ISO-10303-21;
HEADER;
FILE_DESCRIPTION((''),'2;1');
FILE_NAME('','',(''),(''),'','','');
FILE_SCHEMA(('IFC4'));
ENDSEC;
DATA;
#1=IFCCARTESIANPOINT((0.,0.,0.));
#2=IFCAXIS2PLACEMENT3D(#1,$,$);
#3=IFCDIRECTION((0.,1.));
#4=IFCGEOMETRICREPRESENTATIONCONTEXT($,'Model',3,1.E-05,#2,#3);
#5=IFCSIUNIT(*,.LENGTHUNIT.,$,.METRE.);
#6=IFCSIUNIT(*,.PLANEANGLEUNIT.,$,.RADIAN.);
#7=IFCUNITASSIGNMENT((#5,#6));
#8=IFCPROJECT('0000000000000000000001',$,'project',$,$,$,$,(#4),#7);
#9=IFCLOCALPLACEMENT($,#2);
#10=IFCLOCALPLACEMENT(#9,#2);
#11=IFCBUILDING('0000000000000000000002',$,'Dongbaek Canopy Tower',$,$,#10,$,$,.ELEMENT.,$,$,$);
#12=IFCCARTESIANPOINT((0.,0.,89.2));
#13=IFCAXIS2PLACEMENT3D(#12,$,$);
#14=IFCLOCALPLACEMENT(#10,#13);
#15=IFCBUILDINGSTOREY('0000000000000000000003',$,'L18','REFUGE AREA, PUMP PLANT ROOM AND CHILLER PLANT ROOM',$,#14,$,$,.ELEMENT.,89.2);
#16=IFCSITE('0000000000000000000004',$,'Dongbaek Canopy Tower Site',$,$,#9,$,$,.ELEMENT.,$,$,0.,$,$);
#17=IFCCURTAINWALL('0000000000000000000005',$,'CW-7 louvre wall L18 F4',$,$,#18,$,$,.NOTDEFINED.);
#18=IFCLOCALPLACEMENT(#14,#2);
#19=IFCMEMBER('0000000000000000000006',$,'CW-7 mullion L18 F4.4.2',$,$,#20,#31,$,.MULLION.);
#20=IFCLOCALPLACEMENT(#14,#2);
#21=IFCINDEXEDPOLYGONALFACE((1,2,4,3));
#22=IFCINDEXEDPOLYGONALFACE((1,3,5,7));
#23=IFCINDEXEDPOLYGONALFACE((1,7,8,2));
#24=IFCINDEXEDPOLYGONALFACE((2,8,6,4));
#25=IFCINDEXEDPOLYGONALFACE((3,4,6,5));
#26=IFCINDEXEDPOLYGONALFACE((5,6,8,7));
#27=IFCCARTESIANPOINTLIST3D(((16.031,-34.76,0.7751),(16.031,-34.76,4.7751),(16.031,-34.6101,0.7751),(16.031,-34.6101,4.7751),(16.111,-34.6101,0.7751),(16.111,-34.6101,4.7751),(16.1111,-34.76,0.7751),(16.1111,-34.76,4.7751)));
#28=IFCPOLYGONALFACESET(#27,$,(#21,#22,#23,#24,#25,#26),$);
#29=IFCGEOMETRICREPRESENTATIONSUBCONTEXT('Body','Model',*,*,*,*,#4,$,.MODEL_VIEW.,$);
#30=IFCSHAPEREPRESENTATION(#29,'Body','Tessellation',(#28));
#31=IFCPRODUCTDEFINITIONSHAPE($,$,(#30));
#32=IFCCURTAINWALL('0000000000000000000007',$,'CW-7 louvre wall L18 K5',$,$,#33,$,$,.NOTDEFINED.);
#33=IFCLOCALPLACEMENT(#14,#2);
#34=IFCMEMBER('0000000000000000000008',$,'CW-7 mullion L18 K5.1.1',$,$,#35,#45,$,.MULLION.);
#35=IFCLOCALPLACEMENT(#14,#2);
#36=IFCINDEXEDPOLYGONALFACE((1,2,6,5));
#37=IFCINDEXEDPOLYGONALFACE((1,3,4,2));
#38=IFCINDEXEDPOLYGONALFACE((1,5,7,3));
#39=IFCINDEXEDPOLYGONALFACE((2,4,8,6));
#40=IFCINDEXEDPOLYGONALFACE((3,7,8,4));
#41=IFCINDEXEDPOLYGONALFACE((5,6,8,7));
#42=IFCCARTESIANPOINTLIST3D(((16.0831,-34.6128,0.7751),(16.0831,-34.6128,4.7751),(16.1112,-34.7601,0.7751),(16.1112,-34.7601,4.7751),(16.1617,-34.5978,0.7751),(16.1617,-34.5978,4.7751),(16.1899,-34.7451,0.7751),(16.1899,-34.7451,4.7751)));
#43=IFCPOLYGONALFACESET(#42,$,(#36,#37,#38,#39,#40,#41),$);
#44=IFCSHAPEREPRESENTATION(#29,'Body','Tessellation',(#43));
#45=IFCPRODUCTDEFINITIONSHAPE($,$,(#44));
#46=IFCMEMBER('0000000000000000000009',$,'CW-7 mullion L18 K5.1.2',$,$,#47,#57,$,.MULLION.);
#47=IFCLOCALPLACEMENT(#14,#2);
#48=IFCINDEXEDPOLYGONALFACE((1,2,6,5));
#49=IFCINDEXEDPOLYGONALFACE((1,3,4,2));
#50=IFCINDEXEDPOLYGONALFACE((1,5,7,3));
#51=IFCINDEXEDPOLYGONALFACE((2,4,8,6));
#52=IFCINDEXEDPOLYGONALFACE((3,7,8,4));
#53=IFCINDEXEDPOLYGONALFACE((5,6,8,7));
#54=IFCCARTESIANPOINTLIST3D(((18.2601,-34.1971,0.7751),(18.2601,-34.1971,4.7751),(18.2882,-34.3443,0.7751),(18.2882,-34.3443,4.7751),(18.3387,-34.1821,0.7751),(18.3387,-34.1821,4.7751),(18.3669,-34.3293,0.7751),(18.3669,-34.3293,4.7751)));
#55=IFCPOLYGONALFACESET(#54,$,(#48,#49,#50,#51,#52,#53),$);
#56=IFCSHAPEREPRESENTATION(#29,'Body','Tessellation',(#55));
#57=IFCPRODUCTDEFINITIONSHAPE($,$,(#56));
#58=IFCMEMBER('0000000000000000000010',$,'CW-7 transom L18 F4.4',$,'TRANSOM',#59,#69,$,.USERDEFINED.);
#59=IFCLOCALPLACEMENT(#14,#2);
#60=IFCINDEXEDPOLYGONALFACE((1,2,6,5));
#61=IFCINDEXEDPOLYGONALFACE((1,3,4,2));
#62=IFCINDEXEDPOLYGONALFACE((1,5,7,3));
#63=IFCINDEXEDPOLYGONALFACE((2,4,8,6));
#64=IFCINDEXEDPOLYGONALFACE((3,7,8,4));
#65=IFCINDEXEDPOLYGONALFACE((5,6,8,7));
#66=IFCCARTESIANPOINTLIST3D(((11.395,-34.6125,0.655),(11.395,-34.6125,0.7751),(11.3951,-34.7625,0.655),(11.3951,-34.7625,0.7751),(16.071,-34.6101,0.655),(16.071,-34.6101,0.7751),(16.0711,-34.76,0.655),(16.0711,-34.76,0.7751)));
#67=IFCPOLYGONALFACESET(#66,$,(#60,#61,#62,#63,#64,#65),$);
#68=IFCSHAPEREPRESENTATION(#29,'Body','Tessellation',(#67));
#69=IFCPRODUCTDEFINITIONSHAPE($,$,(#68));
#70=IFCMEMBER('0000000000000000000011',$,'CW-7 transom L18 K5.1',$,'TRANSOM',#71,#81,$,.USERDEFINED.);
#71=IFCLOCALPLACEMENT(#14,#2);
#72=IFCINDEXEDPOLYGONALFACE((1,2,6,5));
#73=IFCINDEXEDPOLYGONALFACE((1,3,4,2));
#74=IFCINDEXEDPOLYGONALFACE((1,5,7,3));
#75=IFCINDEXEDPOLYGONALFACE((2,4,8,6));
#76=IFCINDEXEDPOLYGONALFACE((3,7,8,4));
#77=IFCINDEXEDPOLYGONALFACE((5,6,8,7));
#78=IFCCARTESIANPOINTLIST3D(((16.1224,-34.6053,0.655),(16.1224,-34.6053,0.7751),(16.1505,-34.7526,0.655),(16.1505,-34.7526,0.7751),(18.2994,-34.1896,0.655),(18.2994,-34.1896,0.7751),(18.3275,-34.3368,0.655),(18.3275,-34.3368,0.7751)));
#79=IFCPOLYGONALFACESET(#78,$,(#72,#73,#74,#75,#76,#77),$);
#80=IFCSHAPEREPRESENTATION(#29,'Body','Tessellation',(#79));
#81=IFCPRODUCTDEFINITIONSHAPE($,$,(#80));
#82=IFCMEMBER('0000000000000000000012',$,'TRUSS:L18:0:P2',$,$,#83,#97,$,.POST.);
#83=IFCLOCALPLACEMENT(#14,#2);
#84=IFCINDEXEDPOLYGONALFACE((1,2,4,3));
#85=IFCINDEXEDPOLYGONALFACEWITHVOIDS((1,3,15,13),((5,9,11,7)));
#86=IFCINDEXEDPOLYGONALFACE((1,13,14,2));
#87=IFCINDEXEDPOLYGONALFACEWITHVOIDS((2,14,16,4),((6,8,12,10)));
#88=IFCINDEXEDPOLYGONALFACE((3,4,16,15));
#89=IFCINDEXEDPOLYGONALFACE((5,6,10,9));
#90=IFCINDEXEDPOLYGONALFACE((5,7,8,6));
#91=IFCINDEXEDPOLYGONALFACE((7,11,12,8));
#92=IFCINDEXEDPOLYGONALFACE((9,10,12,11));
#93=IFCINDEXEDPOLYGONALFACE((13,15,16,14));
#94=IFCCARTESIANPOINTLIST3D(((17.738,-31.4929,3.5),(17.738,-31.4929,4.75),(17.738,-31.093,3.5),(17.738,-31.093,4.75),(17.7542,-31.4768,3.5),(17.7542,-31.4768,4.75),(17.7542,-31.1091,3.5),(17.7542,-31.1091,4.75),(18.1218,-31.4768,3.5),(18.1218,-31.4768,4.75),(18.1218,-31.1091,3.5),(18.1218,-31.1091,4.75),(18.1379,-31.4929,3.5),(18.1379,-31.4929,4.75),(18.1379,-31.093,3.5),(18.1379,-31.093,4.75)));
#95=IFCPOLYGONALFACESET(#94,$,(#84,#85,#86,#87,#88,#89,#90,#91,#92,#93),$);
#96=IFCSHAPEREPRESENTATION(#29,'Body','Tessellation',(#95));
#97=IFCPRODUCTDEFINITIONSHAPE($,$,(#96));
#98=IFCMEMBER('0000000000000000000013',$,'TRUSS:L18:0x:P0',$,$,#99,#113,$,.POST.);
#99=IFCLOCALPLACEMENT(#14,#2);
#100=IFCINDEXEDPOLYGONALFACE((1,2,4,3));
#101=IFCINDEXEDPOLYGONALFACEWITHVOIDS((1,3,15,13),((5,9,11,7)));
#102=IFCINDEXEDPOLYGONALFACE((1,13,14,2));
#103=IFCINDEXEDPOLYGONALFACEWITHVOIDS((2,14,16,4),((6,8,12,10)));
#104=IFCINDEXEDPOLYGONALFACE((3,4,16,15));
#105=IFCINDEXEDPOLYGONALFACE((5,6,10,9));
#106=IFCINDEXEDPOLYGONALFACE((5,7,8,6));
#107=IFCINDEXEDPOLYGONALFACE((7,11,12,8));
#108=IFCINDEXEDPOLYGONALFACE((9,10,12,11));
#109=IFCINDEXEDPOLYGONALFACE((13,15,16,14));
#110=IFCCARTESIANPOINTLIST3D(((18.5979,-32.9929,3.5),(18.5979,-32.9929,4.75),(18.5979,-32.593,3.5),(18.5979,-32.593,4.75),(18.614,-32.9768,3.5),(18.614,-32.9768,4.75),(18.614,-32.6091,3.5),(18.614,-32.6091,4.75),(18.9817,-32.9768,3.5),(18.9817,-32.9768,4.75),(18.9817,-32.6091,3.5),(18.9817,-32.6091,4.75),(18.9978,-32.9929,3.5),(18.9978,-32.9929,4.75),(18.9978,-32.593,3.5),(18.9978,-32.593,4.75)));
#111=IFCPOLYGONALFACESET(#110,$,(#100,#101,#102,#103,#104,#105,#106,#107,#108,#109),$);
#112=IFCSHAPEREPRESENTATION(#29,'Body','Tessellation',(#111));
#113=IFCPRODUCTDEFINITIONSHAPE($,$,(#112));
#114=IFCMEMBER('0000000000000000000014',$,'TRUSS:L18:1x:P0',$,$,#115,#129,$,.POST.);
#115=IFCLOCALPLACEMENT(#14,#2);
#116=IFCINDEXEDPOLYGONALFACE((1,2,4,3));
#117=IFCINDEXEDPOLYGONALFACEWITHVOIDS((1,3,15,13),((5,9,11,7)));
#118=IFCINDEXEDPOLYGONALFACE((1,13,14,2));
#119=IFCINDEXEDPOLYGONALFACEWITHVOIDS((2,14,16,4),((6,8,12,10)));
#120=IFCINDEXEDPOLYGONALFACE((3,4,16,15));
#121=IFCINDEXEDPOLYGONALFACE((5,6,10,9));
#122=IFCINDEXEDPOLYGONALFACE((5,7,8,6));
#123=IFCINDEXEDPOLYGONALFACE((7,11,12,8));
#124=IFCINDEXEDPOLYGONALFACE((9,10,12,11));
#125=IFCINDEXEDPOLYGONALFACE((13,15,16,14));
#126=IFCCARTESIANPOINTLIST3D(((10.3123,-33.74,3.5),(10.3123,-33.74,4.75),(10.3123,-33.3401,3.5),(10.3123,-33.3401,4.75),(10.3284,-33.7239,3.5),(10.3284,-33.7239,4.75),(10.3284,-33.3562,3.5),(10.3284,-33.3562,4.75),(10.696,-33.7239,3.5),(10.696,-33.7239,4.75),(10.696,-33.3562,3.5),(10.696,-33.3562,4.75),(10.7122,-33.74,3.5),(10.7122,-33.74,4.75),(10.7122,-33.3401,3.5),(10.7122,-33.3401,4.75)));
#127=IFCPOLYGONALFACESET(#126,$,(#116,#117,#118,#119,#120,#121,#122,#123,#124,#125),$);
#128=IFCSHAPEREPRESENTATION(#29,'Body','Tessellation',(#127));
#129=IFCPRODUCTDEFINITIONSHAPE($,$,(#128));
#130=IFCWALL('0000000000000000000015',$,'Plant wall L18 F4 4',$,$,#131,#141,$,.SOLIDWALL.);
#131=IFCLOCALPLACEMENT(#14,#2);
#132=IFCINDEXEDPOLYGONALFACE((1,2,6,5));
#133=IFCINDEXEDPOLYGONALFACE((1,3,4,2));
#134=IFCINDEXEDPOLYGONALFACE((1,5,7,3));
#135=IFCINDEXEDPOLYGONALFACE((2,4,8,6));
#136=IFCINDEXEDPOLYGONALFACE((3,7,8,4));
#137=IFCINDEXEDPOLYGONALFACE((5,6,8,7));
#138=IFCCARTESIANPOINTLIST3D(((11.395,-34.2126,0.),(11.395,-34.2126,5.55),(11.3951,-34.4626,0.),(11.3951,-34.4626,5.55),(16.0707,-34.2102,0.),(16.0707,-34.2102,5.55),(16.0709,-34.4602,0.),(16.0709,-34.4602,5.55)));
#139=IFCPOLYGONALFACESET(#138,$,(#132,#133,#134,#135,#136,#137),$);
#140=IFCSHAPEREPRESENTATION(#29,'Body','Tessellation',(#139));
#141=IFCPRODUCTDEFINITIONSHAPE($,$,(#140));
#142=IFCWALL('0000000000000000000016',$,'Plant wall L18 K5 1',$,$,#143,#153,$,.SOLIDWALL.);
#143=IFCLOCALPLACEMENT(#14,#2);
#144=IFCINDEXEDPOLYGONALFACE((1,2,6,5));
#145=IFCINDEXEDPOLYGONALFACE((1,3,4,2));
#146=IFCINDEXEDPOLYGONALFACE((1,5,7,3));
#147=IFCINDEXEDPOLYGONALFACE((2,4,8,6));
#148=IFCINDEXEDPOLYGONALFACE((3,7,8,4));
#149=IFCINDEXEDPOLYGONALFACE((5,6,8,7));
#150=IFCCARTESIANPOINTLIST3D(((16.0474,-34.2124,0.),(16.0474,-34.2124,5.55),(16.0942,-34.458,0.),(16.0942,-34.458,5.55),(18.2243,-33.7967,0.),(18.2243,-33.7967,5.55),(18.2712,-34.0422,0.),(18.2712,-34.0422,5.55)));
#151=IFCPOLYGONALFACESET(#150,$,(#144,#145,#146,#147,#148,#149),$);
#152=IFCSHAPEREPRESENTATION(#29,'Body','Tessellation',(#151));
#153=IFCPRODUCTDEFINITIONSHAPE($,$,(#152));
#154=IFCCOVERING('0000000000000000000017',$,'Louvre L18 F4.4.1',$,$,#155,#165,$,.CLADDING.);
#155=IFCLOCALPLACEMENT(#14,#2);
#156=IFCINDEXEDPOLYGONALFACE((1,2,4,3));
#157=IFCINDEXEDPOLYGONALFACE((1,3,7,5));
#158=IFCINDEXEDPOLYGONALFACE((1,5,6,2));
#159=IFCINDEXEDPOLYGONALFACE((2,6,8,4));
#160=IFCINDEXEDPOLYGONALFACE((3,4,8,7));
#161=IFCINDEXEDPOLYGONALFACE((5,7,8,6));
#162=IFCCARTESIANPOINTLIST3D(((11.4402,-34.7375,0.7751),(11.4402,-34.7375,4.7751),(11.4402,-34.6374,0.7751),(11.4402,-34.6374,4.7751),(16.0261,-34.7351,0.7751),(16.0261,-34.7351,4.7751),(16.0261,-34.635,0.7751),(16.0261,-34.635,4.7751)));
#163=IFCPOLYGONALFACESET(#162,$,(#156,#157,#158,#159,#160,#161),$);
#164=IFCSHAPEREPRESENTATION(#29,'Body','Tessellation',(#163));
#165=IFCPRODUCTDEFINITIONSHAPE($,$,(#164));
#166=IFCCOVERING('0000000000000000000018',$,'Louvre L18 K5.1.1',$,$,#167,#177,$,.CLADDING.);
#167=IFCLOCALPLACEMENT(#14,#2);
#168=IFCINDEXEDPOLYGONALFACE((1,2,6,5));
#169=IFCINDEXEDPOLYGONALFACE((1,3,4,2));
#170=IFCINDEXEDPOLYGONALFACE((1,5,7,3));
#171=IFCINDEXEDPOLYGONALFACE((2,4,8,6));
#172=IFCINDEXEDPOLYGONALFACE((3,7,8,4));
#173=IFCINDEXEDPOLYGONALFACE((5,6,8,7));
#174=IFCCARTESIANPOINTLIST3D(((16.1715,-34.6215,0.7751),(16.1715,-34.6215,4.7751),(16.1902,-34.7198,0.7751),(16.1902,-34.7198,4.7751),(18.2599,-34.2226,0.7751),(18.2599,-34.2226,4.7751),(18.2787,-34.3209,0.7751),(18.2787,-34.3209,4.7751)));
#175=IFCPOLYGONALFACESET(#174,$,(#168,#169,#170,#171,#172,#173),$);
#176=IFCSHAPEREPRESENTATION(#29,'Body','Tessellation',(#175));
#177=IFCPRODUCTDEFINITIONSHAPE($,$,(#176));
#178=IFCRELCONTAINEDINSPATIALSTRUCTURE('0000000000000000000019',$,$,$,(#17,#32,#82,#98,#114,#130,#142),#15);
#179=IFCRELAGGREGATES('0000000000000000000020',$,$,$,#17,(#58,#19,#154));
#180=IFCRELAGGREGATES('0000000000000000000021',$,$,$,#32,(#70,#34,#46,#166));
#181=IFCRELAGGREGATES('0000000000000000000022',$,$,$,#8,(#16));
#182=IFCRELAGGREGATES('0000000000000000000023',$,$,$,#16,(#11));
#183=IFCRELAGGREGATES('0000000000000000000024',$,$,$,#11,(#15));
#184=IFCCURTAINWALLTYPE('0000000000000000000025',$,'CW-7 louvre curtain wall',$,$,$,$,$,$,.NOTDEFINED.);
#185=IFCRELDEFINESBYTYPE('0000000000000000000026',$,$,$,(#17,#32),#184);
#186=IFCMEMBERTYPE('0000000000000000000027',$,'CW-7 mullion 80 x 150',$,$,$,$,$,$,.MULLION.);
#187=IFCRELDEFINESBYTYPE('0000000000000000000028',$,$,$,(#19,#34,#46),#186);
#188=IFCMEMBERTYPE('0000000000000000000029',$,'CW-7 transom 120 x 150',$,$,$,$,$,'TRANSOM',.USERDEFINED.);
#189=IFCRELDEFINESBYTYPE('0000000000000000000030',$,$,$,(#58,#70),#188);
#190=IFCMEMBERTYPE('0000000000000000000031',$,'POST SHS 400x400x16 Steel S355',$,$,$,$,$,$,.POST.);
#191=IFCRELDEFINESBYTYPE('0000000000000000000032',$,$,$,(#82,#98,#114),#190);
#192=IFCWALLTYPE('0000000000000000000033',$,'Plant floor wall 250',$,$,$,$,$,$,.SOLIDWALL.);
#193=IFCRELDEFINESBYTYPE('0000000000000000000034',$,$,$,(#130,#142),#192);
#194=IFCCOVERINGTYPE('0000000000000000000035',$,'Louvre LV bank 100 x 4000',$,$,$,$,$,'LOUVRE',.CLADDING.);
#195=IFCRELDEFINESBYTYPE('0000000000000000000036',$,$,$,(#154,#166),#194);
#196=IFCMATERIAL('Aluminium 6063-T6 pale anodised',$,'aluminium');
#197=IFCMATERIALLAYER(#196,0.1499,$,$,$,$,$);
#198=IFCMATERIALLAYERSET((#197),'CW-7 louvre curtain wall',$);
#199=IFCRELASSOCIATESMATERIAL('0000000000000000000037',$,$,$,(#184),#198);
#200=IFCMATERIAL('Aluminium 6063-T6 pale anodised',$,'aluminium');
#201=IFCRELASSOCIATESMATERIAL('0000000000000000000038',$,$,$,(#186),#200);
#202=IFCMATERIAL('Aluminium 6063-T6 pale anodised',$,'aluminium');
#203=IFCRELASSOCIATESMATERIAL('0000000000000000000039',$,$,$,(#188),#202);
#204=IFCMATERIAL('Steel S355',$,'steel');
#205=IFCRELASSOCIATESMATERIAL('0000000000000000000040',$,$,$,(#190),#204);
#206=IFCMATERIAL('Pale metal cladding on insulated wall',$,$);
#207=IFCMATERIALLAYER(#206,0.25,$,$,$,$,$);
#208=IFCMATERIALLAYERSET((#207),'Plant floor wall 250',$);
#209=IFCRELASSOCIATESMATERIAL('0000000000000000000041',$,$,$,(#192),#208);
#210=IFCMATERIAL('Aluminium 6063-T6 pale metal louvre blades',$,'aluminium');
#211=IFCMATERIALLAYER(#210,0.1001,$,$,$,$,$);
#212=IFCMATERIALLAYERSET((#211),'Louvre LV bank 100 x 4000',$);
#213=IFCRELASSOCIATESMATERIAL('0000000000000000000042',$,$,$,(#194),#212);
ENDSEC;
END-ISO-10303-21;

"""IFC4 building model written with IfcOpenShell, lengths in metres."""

from ifc_helpers import new_model, si_unit, direction, frame, frame_2d, origin, origin_2d, place, context, subcontext, project, spatial, rectangle, hollow_rectangle, extrude, material, layer, layer_set, material_profile, profile_set, type_object, element, aggregate, save


model = new_model("IFC4")

# Units and contexts
model_context = context("Model", 3, precision=1e-05, world=origin(), true_north=direction((0.0, 1.0)))
body_context = subcontext(model_context, "Body", "Model", "MODEL_VIEW")
ifc_project = project(units=[si_unit("LENGTHUNIT", "METRE"), si_unit("PLANEANGLEUNIT", "RADIAN")], contexts=[model_context])

# Site, building, storey
site_placement = place(None, origin())
site = spatial("IfcSite", under=ifc_project, at=site_placement, Name="Dongbaek Canopy Tower Site", CompositionType="ELEMENT", RefElevation=0.0)
building_placement = place(site_placement, origin())
building = spatial("IfcBuilding", under=site, at=building_placement, Name="Dongbaek Canopy Tower", CompositionType="ELEMENT")
storey_placement = place(building_placement, frame((0.0, 0.0, 89.2)))
storey = spatial("IfcBuildingStorey", under=building, at=storey_placement, Name="L18", Description="REFUGE AREA, PUMP PLANT ROOM AND CHILLER PLANT ROOM", CompositionType="ELEMENT", Elevation=89.2)

# Curtain walls, members
ifc_material_1 = material(Name="Aluminium 6063-T6 pale anodised", Category="aluminium")
ifc_layer_1 = layer(ifc_material_1, 0.1499)
ifc_layer_set_1 = layer_set([ifc_layer_1], Name="CW-7 louvre curtain wall")
curtain_wall_type = type_object("IfcCurtainWallType", Name="CW-7 louvre curtain wall", PredefinedType="NOTDEFINED", material=ifc_layer_set_1)
curtain_wall_1_placement = place(storey_placement, origin())
curtain_wall_1 = element("IfcCurtainWall", 1, at=curtain_wall_1_placement, inside=storey, type_object=curtain_wall_type, Name="CW-7 louvre wall L18 F4", PredefinedType="NOTDEFINED")
ifc_material_2 = material(Name="Aluminium 6063-T6 pale anodised", Category="aluminium")
ifc_material_profile_1 = material_profile(ifc_material_2, rectangle(XDim=0.1499, YDim=0.0801, at=origin_2d()), Name="CW-7 mullion 80 x 150")
ifc_profile_set_1 = profile_set([ifc_material_profile_1], Name="Aluminium 6063-T6 pale anodised")
member_type_1 = type_object("IfcMemberType", Name="CW-7 mullion 80 x 150", PredefinedType="MULLION", material=ifc_profile_set_1)
member_1_placement = place(storey_placement, frame((16.071, -34.6851, 0.7751), z_axis=(0.0, 0.0, 1.0), x_axis=(0.000524, -1.0, 0.0)))
member_1 = element("IfcMember", 2, at=member_1_placement, type_object=member_type_1, Name="CW-7 mullion L18 F4.4.2", PredefinedType="MULLION", context=body_context, shape_type="SweptSolid", body=[
    extrude(rectangle(XDim=0.1499, YDim=0.0801, at=origin_2d()), origin(), (0.0, 0.0, 1.0), 4.0),
])
curtain_wall_2_placement = place(storey_placement, origin())
curtain_wall_2 = element("IfcCurtainWall", 3, at=curtain_wall_2_placement, inside=storey, type_object=curtain_wall_type, Name="CW-7 louvre wall L18 K5", PredefinedType="NOTDEFINED")
member_2_placement = place(storey_placement, frame((16.1365, -34.679, 0.7751), z_axis=(0.0, 0.0, 1.0), x_axis=(0.187582, -0.982249, 0.0)))
member_2 = element("IfcMember", 4, at=member_2_placement, type_object=member_type_1, Name="CW-7 mullion L18 K5.1.1", PredefinedType="MULLION", context=body_context, shape_type="SweptSolid", body=[
    extrude(rectangle(XDim=0.1499, YDim=0.0801, at=origin_2d()), origin(), (0.0, 0.0, 1.0), 4.0),
])
member_3_placement = place(storey_placement, frame((18.3135, -34.2632, 0.7751), z_axis=(0.0, 0.0, 1.0), x_axis=(0.187582, -0.982249, 0.0)))
member_3 = element("IfcMember", 5, at=member_3_placement, type_object=member_type_1, Name="CW-7 mullion L18 K5.1.2", PredefinedType="MULLION", context=body_context, shape_type="SweptSolid", body=[
    extrude(rectangle(XDim=0.1499, YDim=0.0801, at=origin_2d()), origin(), (0.0, 0.0, 1.0), 4.0),
])

# Members
ifc_material_3 = material(Name="Aluminium 6063-T6 pale anodised", Category="aluminium")
ifc_material_profile_2 = material_profile(ifc_material_3, rectangle(XDim=0.1499, YDim=0.1201, at=origin_2d()), Name="CW-7 transom 120 x 150")
ifc_profile_set_2 = profile_set([ifc_material_profile_2], Name="Aluminium 6063-T6 pale anodised")
member_type_2 = type_object("IfcMemberType", Name="CW-7 transom 120 x 150", ElementType="TRANSOM", PredefinedType="USERDEFINED", material=ifc_profile_set_2)
member_4_placement = place(storey_placement, frame((11.395, -34.6875, 0.7151), z_axis=(1.0, 0.000522, 0.0), x_axis=(-0.000522, 1.0, 0.0)))
member_4 = element("IfcMember", 6, at=member_4_placement, type_object=member_type_2, Name="CW-7 transom L18 F4.4", ObjectType="TRANSOM", PredefinedType="USERDEFINED", context=body_context, shape_type="SweptSolid", body=[
    extrude(rectangle(XDim=0.1499, YDim=0.1201, at=origin_2d()), origin(), (0.0, 0.0, 1.0), 4.676),
])
member_5_placement = place(storey_placement, frame((16.1365, -34.679, 0.7151), z_axis=(0.982247, 0.187593, 0.0), x_axis=(-0.187593, 0.982247, 0.0)))
member_5 = element("IfcMember", 7, at=member_5_placement, type_object=member_type_2, Name="CW-7 transom L18 K5.1", ObjectType="TRANSOM", PredefinedType="USERDEFINED", context=body_context, shape_type="SweptSolid", body=[
    extrude(rectangle(XDim=0.1499, YDim=0.1201, at=origin_2d()), origin(), (0.0, 0.0, 1.0), 2.2163),
])

# Members
ifc_material_4 = material(Name="Steel S355", Category="steel")
ifc_material_profile_3 = material_profile(ifc_material_4, hollow_rectangle(XDim=0.3999, YDim=0.3999, WallThickness=0.0161, at=origin_2d()), Name="POST SHS 400x400x16 Steel S355")
ifc_profile_set_3 = profile_set([ifc_material_profile_3], Name="Steel S355")
member_type_3 = type_object("IfcMemberType", Name="POST SHS 400x400x16 Steel S355", PredefinedType="POST", material=ifc_profile_set_3)
for number, where, z_axis, x_axis, name in (
    (8, (17.938, -31.293, 3.5), (0.0, 0.0, 1.0), (1.0, 0.0, 0.0), "TRUSS:L18:0:P2"),
    (9, (18.7979, -32.793, 3.5), (0.0, 0.0, 1.0), (1.0, 0.0, 0.0), "TRUSS:L18:0x:P0"),
    (10, (10.5122, -33.54, 3.5), (0.0, 0.0, 1.0), (1.0, 0.0, 0.0), "TRUSS:L18:1x:P0"),
):
    element("IfcMember", number, at=place(storey_placement, frame(where, z_axis=z_axis, x_axis=x_axis)), inside=storey, type_object=member_type_3, Name=name, PredefinedType="POST", context=body_context, shape_type="SweptSolid", body=[
        extrude(hollow_rectangle(XDim=0.3999, YDim=0.3999, WallThickness=0.0161, at=origin_2d()), origin(), (0.0, 0.0, 1.0), 1.25),
    ])

# Walls
ifc_material_5 = material(Name="Pale metal cladding on insulated wall")
ifc_layer_2 = layer(ifc_material_5, 0.25)
ifc_layer_set_2 = layer_set([ifc_layer_2], Name="Plant floor wall 250")
wall_type = type_object("IfcWallType", Name="Plant floor wall 250", PredefinedType="SOLIDWALL", material=ifc_layer_set_2)
wall_1_placement = place(storey_placement, frame((11.395, -34.3376, 0.0), z_axis=(0.0, 0.0, 1.0), x_axis=(1.0, 0.000522, 0.0)))
element("IfcWall", 11, at=wall_1_placement, inside=storey, type_object=wall_type, Name="Plant wall L18 F4 4", PredefinedType="SOLIDWALL", context=body_context, shape_type="SweptSolid", body=[
    extrude(rectangle(XDim=4.6758, YDim=0.25, at=frame_2d((2.3379, 0.0))), origin(), (0.0, 0.0, 1.0), 5.55),
])
wall_2_placement = place(storey_placement, frame((16.0708, -34.3352, 0.0), z_axis=(0.0, 0.0, 1.0), x_axis=(0.982247, 0.187593, 0.0)))
element("IfcWall", 12, at=wall_2_placement, inside=storey, type_object=wall_type, Name="Plant wall L18 K5 1", PredefinedType="SOLIDWALL", context=body_context, shape_type="SweptSolid", body=[
    extrude(rectangle(XDim=2.2163, YDim=0.25, at=frame_2d((1.1082, 0.0))), origin(), (0.0, 0.0, 1.0), 5.55),
])

# Coverings
ifc_material_6 = material(Name="Aluminium 6063-T6 pale metal louvre blades", Category="aluminium")
ifc_layer_3 = layer(ifc_material_6, 0.1001)
ifc_layer_set_3 = layer_set([ifc_layer_3], Name="Louvre LV bank 100 x 4000")
covering_type = type_object("IfcCoveringType", Name="Louvre LV bank 100 x 4000", ElementType="LOUVRE", PredefinedType="CLADDING", material=ifc_layer_set_3)
covering_1_placement = place(storey_placement, frame((13.7332, -34.6863, 0.7751), z_axis=(0.0, 0.0, 1.0), x_axis=(1.0, 0.000524, 0.0)))
covering_1 = element("IfcCovering", 13, at=covering_1_placement, type_object=covering_type, Name="Louvre L18 F4.4.1", PredefinedType="CLADDING", context=body_context, shape_type="SweptSolid", body=[
    extrude(rectangle(XDim=4.5859, YDim=0.1001, at=origin_2d()), origin(), (0.0, 0.0, 1.0), 4.0),
])
covering_2_placement = place(storey_placement, frame((17.2251, -34.4712, 0.7751), z_axis=(0.0, 0.0, 1.0), x_axis=(0.982249, 0.187582, 0.0)))
covering_2 = element("IfcCovering", 14, at=covering_2_placement, type_object=covering_type, Name="Louvre L18 K5.1.1", PredefinedType="CLADDING", context=body_context, shape_type="SweptSolid", body=[
    extrude(rectangle(XDim=2.1262, YDim=0.1001, at=origin_2d()), origin(), (0.0, 0.0, 1.0), 4.0),
])

aggregate(curtain_wall_1, [member_4, member_1, covering_1])
aggregate(curtain_wall_2, [member_5, member_2, member_3, covering_2])

save(model, "model.ifc")
